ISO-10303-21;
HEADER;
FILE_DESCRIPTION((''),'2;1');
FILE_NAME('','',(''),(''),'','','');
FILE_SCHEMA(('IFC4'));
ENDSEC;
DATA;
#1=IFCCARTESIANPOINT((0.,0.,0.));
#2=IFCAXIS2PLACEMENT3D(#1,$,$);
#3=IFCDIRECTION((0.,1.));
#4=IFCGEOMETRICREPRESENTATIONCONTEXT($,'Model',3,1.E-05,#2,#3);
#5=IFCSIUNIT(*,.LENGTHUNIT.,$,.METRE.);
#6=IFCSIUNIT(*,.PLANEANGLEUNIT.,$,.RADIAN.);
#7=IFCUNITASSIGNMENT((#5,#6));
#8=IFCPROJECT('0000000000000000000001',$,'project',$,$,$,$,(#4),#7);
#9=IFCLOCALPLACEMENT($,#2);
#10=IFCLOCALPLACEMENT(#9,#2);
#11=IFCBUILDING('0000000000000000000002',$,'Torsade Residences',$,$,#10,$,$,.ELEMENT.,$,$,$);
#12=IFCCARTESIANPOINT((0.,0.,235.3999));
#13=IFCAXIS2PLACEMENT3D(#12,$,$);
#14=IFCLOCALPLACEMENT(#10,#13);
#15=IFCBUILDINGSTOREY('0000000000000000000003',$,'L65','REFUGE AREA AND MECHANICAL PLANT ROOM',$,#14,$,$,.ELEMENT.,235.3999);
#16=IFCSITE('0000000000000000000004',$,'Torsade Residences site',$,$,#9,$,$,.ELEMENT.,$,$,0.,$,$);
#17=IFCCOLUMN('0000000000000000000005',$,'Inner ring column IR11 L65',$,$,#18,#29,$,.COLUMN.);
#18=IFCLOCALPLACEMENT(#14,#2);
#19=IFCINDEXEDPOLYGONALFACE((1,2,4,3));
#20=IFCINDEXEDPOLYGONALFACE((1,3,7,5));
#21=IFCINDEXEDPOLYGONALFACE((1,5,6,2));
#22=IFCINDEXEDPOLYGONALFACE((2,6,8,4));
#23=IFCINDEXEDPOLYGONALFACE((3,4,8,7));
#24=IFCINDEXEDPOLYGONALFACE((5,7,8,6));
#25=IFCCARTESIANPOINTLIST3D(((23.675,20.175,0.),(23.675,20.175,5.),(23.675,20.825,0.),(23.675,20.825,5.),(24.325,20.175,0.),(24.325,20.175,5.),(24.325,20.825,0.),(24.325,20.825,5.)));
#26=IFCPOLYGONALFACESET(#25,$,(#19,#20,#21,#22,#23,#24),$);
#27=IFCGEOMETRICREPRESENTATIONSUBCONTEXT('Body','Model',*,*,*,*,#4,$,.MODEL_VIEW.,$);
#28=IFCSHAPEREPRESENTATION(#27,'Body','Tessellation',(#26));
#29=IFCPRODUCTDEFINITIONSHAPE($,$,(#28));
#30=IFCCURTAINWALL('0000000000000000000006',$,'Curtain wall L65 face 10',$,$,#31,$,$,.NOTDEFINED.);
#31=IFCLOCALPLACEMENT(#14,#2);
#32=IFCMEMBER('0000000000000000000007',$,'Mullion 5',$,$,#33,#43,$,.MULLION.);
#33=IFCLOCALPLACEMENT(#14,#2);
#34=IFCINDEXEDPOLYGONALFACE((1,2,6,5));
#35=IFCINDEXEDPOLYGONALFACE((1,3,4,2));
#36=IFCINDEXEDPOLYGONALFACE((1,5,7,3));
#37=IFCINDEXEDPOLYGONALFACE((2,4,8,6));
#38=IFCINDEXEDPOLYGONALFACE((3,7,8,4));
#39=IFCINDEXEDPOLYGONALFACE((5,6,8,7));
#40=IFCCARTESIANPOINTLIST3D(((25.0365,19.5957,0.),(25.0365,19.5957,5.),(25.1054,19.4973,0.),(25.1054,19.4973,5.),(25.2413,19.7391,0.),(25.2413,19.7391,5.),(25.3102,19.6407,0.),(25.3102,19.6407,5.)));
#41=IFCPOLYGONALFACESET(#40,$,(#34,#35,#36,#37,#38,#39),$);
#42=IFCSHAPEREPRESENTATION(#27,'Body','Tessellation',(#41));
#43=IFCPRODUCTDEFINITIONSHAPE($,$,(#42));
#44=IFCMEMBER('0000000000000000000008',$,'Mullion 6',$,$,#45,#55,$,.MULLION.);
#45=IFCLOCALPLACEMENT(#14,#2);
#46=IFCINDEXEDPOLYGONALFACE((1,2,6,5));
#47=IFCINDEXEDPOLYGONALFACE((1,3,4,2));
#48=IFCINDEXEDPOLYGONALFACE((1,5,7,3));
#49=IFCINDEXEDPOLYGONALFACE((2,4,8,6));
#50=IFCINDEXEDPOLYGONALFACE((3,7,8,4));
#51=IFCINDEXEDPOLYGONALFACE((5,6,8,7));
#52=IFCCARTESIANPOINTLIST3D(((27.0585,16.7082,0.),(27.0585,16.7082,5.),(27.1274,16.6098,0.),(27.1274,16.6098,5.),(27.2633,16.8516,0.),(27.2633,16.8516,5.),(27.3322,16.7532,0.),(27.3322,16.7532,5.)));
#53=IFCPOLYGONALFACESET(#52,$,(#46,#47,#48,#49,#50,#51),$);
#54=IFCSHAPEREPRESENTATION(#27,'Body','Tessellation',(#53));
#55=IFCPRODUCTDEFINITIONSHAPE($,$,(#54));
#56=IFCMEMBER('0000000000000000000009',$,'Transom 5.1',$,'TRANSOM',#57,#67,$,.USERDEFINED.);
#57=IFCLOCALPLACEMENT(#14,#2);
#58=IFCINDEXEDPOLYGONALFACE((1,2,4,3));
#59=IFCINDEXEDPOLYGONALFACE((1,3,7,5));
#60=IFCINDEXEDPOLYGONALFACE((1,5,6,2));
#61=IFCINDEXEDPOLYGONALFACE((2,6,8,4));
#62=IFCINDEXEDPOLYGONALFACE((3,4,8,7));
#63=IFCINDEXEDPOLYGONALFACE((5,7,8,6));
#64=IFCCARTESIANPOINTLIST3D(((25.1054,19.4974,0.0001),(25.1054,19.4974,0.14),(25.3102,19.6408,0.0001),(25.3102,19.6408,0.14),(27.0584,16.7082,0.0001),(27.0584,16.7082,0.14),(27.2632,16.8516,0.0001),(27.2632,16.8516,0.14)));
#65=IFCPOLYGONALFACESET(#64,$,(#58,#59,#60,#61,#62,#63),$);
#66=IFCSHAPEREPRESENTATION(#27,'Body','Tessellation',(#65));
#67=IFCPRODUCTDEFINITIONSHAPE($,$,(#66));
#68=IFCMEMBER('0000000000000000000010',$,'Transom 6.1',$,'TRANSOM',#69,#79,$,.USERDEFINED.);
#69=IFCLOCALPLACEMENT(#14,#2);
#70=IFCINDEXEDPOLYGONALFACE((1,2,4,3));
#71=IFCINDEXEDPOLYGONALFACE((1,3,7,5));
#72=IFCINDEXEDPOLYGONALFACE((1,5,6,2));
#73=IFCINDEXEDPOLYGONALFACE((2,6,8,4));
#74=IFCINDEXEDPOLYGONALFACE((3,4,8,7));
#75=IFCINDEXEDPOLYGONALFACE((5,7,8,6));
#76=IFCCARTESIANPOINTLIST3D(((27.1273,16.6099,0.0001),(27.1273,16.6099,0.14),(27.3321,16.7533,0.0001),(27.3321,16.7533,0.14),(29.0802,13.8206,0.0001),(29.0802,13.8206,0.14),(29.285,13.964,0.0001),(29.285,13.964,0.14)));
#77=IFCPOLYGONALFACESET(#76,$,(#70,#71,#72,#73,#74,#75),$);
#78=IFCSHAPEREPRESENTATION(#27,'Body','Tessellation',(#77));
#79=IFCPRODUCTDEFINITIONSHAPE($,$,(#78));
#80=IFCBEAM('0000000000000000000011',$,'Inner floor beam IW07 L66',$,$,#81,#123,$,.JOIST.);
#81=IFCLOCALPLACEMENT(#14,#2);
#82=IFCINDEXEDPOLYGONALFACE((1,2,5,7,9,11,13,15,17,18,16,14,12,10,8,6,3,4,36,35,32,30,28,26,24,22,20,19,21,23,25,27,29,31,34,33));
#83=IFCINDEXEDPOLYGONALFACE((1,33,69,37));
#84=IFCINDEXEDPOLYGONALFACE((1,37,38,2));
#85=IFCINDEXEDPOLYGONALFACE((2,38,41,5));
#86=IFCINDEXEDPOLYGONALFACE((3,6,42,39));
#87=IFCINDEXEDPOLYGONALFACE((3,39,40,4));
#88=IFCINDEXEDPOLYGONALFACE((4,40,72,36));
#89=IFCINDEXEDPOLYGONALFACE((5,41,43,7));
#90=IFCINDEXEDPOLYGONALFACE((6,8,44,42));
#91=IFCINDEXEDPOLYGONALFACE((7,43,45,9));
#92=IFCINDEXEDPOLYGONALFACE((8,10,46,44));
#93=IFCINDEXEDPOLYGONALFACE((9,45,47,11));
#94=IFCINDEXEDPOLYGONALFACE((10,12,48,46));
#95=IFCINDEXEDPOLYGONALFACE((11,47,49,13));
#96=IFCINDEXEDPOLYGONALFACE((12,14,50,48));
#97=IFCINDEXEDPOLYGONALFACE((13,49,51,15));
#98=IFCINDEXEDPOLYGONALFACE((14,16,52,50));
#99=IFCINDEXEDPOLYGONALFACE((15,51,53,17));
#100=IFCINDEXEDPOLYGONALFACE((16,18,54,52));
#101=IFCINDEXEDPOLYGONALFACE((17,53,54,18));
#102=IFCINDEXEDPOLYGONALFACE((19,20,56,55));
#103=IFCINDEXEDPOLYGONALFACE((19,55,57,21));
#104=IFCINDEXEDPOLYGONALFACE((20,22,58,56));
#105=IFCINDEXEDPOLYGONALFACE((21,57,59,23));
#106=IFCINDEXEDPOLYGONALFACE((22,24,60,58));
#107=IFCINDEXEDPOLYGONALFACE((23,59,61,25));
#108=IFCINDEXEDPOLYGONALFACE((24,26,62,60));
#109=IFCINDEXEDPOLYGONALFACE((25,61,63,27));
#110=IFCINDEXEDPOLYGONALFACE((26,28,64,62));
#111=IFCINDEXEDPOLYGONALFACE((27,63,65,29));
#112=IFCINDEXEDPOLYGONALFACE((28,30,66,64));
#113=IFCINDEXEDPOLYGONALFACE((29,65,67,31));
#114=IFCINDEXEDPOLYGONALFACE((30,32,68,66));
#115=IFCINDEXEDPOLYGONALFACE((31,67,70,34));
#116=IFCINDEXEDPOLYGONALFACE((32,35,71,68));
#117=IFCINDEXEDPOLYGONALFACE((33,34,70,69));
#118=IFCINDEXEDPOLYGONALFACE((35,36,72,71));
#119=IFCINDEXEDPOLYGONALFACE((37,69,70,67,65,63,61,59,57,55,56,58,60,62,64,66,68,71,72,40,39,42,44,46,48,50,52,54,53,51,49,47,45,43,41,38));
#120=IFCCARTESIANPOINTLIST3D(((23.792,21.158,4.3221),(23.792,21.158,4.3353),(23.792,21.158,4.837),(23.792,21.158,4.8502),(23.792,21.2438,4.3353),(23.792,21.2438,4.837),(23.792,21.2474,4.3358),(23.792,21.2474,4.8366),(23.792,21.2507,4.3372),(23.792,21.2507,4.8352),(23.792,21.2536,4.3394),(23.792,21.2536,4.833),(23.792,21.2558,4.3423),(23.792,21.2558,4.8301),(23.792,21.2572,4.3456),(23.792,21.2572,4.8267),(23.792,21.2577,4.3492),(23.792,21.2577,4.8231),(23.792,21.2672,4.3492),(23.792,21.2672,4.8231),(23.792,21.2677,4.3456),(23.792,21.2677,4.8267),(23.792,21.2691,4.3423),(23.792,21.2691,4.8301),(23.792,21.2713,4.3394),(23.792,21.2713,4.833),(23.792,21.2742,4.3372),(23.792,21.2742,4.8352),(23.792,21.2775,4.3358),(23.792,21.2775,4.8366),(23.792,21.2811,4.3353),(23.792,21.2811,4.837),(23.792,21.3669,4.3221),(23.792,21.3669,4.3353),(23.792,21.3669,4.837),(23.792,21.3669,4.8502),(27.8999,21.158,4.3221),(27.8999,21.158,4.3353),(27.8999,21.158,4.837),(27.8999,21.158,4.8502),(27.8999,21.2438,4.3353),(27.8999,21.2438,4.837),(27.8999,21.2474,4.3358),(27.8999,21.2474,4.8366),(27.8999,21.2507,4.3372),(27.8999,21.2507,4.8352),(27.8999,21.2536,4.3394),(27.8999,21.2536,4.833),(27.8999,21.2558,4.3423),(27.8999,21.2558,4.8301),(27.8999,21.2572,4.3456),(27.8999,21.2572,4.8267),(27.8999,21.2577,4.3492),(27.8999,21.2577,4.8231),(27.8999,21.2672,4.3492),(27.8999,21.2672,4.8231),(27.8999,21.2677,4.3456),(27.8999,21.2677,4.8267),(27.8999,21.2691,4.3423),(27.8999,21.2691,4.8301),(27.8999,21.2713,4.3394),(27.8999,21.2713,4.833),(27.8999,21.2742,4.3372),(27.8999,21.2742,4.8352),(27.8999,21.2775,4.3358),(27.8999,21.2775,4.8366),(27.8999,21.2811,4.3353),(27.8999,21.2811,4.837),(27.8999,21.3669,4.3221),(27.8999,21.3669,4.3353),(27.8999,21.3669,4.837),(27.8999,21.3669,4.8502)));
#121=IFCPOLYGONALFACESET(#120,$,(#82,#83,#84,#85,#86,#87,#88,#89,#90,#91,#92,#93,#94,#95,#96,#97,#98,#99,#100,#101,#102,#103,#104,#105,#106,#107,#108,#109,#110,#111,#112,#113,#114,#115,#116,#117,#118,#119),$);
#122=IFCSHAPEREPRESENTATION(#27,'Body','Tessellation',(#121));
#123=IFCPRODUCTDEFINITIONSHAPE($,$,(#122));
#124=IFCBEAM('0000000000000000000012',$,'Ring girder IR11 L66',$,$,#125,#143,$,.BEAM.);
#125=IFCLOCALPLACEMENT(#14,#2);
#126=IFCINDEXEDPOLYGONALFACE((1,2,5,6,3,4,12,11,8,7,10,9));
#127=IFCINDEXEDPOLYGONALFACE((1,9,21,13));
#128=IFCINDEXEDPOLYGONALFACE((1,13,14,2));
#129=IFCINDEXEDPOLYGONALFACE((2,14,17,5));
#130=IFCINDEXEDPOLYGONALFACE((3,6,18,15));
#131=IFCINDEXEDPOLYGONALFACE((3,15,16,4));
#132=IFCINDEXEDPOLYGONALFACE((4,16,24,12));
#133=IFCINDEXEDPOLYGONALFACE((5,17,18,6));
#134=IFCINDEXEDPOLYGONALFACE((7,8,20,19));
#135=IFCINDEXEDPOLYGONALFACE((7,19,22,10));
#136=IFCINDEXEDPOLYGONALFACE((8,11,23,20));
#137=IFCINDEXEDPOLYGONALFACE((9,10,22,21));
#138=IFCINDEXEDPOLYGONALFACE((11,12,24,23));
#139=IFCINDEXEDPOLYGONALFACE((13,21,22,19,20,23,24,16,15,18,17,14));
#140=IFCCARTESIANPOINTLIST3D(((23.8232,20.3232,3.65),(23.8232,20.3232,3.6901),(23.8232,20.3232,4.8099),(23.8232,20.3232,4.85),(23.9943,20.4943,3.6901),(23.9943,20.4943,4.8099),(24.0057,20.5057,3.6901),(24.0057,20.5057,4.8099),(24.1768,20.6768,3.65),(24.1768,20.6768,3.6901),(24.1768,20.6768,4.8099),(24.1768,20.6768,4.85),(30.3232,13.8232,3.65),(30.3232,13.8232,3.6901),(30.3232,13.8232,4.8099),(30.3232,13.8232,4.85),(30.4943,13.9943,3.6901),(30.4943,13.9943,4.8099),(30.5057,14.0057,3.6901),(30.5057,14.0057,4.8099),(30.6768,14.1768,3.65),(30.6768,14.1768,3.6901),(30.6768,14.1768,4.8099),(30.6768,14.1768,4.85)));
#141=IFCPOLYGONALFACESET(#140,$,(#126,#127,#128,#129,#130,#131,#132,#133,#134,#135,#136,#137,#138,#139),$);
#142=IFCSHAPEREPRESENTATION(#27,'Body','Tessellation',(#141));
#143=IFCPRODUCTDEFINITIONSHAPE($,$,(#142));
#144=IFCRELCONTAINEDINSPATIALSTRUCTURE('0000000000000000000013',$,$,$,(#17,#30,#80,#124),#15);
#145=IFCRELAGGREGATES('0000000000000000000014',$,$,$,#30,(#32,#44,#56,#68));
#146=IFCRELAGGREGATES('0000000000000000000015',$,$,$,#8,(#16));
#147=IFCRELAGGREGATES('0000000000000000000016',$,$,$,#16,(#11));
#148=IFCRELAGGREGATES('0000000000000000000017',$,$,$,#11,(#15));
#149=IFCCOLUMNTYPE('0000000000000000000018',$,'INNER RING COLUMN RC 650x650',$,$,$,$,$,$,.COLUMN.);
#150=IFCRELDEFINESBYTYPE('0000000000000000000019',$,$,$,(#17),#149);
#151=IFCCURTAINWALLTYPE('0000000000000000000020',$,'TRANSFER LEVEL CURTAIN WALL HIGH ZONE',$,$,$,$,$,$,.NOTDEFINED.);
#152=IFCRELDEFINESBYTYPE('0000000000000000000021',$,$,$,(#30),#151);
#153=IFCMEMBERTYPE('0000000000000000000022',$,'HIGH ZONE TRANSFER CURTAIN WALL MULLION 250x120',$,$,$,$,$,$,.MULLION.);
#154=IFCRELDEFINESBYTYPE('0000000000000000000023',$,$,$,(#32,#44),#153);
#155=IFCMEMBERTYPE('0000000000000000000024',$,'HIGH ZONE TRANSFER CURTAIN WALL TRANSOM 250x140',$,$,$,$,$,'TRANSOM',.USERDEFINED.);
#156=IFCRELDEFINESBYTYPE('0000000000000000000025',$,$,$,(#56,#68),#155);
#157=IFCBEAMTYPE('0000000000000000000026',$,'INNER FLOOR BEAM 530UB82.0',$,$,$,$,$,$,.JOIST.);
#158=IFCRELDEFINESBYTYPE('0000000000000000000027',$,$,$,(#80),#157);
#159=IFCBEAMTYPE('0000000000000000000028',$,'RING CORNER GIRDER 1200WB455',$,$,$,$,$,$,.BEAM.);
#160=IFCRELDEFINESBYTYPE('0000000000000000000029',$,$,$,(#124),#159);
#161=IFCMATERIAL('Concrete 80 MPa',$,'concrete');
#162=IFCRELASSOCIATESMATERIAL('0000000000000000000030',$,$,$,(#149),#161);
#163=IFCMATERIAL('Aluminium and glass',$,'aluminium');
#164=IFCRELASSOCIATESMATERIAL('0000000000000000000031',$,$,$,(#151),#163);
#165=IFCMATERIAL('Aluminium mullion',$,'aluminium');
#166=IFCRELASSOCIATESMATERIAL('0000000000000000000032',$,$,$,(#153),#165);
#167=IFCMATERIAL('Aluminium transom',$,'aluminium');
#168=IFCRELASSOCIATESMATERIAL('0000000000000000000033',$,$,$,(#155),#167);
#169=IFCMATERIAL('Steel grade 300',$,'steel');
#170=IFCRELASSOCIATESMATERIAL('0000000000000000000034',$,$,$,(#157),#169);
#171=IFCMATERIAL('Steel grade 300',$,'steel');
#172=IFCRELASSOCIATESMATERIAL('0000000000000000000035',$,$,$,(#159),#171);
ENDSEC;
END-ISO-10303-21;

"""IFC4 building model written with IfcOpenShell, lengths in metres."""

from ifc_helpers import new_model, si_unit, direction, frame, origin, origin_2d, place, context, subcontext, project, spatial, rectangle, i_section, extrude, material, material_profile, profile_set, type_object, element, aggregate, save


model = new_model("IFC4")

# Units and contexts
model_context = context("Model", 3, precision=1e-05, world=origin(), true_north=direction((0.0, 1.0)))
body_context = subcontext(model_context, "Body", "Model", "MODEL_VIEW")
ifc_project = project(units=[si_unit("LENGTHUNIT", "METRE"), si_unit("PLANEANGLEUNIT", "RADIAN")], contexts=[model_context])

# Site, building, storey
site_placement = place(None, origin())
site = spatial("IfcSite", under=ifc_project, at=site_placement, Name="Torsade Residences site", CompositionType="ELEMENT", RefElevation=0.0)
building_placement = place(site_placement, origin())
building = spatial("IfcBuilding", under=site, at=building_placement, Name="Torsade Residences", CompositionType="ELEMENT")
storey_placement = place(building_placement, frame((0.0, 0.0, 235.3999)))
storey = spatial("IfcBuildingStorey", under=building, at=storey_placement, Name="L65", Description="REFUGE AREA AND MECHANICAL PLANT ROOM", CompositionType="ELEMENT", Elevation=235.3999)

# Column
ifc_material_1 = material(Name="Concrete 80 MPa", Category="concrete")
ifc_material_profile_1 = material_profile(ifc_material_1, rectangle(XDim=0.6499, YDim=0.6499, at=origin_2d()), Name="RC 650x650")
ifc_profile_set_1 = profile_set([ifc_material_profile_1], Name="Concrete 80 MPa")
column_type = type_object("IfcColumnType", Name="INNER RING COLUMN RC 650x650", PredefinedType="COLUMN", material=ifc_profile_set_1)
column_placement = place(storey_placement, frame((24.0, 20.5, 0.0), z_axis=(0.0, 0.0, 1.0), x_axis=(1.0, 0.0, 0.0)))
element("IfcColumn", 1, at=column_placement, inside=storey, type_object=column_type, Name="Inner ring column IR11 L65", PredefinedType="COLUMN", context=body_context, shape_type="SweptSolid", body=[
    extrude(rectangle(XDim=0.6499, YDim=0.6499, at=origin_2d()), origin(), (0.0, 0.0, 1.0), 5.0),
])

# Curtain wall, members
ifc_material_2 = material(Name="Aluminium and glass", Category="aluminium")
curtain_wall_type = type_object("IfcCurtainWallType", Name="TRANSFER LEVEL CURTAIN WALL HIGH ZONE", PredefinedType="NOTDEFINED", material=ifc_material_2)
curtain_wall_placement = place(storey_placement, origin())
curtain_wall = element("IfcCurtainWall", 2, at=curtain_wall_placement, inside=storey, type_object=curtain_wall_type, Name="Curtain wall L65 face 10", PredefinedType="NOTDEFINED")
ifc_material_3 = material(Name="Aluminium mullion", Category="aluminium")
ifc_material_profile_2 = material_profile(ifc_material_3, rectangle(XDim=0.25, YDim=0.1201, at=origin_2d()), Name="HIGH ZONE TRANSFER CURTAIN WALL MULLION 250x120")
ifc_profile_set_2 = profile_set([ifc_material_profile_2], Name="Aluminium mullion")
member_type_1 = type_object("IfcMemberType", Name="HIGH ZONE TRANSFER CURTAIN WALL MULLION 250x120", PredefinedType="MULLION", material=ifc_profile_set_2)
member_1_placement = place(storey_placement, frame((25.1733, 19.6182, 0.0), z_axis=(0.0, 0.0, 1.0), x_axis=(0.819152, 0.573576, 0.0)))
member_1 = element("IfcMember", 3, at=member_1_placement, type_object=member_type_1, Name="Mullion 5", PredefinedType="MULLION", context=body_context, shape_type="SweptSolid", body=[
    extrude(rectangle(XDim=0.25, YDim=0.1201, at=origin_2d()), origin(), (0.0, 0.0, 1.0), 5.0),
])
member_2_placement = place(storey_placement, frame((27.1953, 16.7307, 0.0), z_axis=(0.0, 0.0, 1.0), x_axis=(0.819152, 0.573576, 0.0)))
member_2 = element("IfcMember", 4, at=member_2_placement, type_object=member_type_1, Name="Mullion 6", PredefinedType="MULLION", context=body_context, shape_type="SweptSolid", body=[
    extrude(rectangle(XDim=0.25, YDim=0.1201, at=origin_2d()), origin(), (0.0, 0.0, 1.0), 5.0),
])
ifc_material_4 = material(Name="Aluminium transom", Category="aluminium")
ifc_material_profile_3 = material_profile(ifc_material_4, rectangle(XDim=0.25, YDim=0.1399, at=origin_2d()), Name="HIGH ZONE TRANSFER CURTAIN WALL TRANSOM 250x140")
ifc_profile_set_3 = profile_set([ifc_material_profile_3], Name="Aluminium transom")
member_type_2 = type_object("IfcMemberType", Name="HIGH ZONE TRANSFER CURTAIN WALL TRANSOM 250x140", ElementType="TRANSOM", PredefinedType="USERDEFINED", material=ifc_profile_set_3)
member_3_placement = place(storey_placement, frame((25.2078, 19.5691, 0.0701), z_axis=(0.573583, -0.819148, 0.0), x_axis=(0.819148, 0.573583, 0.0)))
member_3 = element("IfcMember", 5, at=member_3_placement, type_object=member_type_2, Name="Transom 5.1", ObjectType="TRANSOM", PredefinedType="USERDEFINED", context=body_context, shape_type="SweptSolid", body=[
    extrude(rectangle(XDim=0.25, YDim=0.1399, at=origin_2d()), origin(), (0.0, 0.0, 1.0), 3.405),
])
member_4_placement = place(storey_placement, frame((27.2297, 16.6816, 0.0701), z_axis=(0.573535, -0.819181, 0.0), x_axis=(0.819181, 0.573535, 0.0)))
member_4 = element("IfcMember", 6, at=member_4_placement, type_object=member_type_2, Name="Transom 6.1", ObjectType="TRANSOM", PredefinedType="USERDEFINED", context=body_context, shape_type="SweptSolid", body=[
    extrude(rectangle(XDim=0.25, YDim=0.1399, at=origin_2d()), origin(), (0.0, 0.0, 1.0), 3.405),
])

# Beams
ifc_material_5 = material(Name="Steel grade 300", Category="steel")
ifc_material_profile_4 = material_profile(ifc_material_5, i_section(OverallWidth=0.209, OverallDepth=0.5281, WebThickness=0.0095, FlangeThickness=0.0132, FilletRadius=0.0139, at=origin_2d()), Name="530UB82.0")
ifc_profile_set_4 = profile_set([ifc_material_profile_4], Name="Steel grade 300")
beam_type_1 = type_object("IfcBeamType", Name="INNER FLOOR BEAM 530UB82.0", PredefinedType="JOIST", material=ifc_profile_set_4)
beam_1_placement = place(storey_placement, frame((27.8999, 21.2625, 4.5862), z_axis=(-1.0, 0.0, 0.0), x_axis=(0.0, -1.0, 0.0)))
element("IfcBeam", 7, at=beam_1_placement, inside=storey, type_object=beam_type_1, Name="Inner floor beam IW07 L66", PredefinedType="JOIST", context=body_context, shape_type="SweptSolid", body=[
    extrude(i_section(OverallWidth=0.209, OverallDepth=0.5281, WebThickness=0.0095, FlangeThickness=0.0132, FilletRadius=0.0139, at=origin_2d()), origin(), (0.0, 0.0, 1.0), 4.1079),
])
ifc_material_6 = material(Name="Steel grade 300", Category="steel")
ifc_material_profile_5 = material_profile(ifc_material_6, i_section(OverallWidth=0.5, OverallDepth=1.2, WebThickness=0.0161, FlangeThickness=0.04, at=origin_2d()), Name="1200WB455")
ifc_profile_set_5 = profile_set([ifc_material_profile_5], Name="Steel grade 300")
beam_type_2 = type_object("IfcBeamType", Name="RING CORNER GIRDER 1200WB455", PredefinedType="BEAM", material=ifc_profile_set_5)
beam_2_placement = place(storey_placement, frame((24.0, 20.5, 4.25), z_axis=(0.707107, -0.707107, 0.0), x_axis=(0.707107, 0.707107, 0.0)))
element("IfcBeam", 8, at=beam_2_placement, inside=storey, type_object=beam_type_2, Name="Ring girder IR11 L66", PredefinedType="BEAM", context=body_context, shape_type="SweptSolid", body=[
    extrude(i_section(OverallWidth=0.5, OverallDepth=1.2, WebThickness=0.0161, FlangeThickness=0.04, at=origin_2d()), origin(), (0.0, 0.0, 1.0), 9.1924),
])

aggregate(curtain_wall, [member_1, member_2, member_3, member_4])

save(model, "model.ifc")
